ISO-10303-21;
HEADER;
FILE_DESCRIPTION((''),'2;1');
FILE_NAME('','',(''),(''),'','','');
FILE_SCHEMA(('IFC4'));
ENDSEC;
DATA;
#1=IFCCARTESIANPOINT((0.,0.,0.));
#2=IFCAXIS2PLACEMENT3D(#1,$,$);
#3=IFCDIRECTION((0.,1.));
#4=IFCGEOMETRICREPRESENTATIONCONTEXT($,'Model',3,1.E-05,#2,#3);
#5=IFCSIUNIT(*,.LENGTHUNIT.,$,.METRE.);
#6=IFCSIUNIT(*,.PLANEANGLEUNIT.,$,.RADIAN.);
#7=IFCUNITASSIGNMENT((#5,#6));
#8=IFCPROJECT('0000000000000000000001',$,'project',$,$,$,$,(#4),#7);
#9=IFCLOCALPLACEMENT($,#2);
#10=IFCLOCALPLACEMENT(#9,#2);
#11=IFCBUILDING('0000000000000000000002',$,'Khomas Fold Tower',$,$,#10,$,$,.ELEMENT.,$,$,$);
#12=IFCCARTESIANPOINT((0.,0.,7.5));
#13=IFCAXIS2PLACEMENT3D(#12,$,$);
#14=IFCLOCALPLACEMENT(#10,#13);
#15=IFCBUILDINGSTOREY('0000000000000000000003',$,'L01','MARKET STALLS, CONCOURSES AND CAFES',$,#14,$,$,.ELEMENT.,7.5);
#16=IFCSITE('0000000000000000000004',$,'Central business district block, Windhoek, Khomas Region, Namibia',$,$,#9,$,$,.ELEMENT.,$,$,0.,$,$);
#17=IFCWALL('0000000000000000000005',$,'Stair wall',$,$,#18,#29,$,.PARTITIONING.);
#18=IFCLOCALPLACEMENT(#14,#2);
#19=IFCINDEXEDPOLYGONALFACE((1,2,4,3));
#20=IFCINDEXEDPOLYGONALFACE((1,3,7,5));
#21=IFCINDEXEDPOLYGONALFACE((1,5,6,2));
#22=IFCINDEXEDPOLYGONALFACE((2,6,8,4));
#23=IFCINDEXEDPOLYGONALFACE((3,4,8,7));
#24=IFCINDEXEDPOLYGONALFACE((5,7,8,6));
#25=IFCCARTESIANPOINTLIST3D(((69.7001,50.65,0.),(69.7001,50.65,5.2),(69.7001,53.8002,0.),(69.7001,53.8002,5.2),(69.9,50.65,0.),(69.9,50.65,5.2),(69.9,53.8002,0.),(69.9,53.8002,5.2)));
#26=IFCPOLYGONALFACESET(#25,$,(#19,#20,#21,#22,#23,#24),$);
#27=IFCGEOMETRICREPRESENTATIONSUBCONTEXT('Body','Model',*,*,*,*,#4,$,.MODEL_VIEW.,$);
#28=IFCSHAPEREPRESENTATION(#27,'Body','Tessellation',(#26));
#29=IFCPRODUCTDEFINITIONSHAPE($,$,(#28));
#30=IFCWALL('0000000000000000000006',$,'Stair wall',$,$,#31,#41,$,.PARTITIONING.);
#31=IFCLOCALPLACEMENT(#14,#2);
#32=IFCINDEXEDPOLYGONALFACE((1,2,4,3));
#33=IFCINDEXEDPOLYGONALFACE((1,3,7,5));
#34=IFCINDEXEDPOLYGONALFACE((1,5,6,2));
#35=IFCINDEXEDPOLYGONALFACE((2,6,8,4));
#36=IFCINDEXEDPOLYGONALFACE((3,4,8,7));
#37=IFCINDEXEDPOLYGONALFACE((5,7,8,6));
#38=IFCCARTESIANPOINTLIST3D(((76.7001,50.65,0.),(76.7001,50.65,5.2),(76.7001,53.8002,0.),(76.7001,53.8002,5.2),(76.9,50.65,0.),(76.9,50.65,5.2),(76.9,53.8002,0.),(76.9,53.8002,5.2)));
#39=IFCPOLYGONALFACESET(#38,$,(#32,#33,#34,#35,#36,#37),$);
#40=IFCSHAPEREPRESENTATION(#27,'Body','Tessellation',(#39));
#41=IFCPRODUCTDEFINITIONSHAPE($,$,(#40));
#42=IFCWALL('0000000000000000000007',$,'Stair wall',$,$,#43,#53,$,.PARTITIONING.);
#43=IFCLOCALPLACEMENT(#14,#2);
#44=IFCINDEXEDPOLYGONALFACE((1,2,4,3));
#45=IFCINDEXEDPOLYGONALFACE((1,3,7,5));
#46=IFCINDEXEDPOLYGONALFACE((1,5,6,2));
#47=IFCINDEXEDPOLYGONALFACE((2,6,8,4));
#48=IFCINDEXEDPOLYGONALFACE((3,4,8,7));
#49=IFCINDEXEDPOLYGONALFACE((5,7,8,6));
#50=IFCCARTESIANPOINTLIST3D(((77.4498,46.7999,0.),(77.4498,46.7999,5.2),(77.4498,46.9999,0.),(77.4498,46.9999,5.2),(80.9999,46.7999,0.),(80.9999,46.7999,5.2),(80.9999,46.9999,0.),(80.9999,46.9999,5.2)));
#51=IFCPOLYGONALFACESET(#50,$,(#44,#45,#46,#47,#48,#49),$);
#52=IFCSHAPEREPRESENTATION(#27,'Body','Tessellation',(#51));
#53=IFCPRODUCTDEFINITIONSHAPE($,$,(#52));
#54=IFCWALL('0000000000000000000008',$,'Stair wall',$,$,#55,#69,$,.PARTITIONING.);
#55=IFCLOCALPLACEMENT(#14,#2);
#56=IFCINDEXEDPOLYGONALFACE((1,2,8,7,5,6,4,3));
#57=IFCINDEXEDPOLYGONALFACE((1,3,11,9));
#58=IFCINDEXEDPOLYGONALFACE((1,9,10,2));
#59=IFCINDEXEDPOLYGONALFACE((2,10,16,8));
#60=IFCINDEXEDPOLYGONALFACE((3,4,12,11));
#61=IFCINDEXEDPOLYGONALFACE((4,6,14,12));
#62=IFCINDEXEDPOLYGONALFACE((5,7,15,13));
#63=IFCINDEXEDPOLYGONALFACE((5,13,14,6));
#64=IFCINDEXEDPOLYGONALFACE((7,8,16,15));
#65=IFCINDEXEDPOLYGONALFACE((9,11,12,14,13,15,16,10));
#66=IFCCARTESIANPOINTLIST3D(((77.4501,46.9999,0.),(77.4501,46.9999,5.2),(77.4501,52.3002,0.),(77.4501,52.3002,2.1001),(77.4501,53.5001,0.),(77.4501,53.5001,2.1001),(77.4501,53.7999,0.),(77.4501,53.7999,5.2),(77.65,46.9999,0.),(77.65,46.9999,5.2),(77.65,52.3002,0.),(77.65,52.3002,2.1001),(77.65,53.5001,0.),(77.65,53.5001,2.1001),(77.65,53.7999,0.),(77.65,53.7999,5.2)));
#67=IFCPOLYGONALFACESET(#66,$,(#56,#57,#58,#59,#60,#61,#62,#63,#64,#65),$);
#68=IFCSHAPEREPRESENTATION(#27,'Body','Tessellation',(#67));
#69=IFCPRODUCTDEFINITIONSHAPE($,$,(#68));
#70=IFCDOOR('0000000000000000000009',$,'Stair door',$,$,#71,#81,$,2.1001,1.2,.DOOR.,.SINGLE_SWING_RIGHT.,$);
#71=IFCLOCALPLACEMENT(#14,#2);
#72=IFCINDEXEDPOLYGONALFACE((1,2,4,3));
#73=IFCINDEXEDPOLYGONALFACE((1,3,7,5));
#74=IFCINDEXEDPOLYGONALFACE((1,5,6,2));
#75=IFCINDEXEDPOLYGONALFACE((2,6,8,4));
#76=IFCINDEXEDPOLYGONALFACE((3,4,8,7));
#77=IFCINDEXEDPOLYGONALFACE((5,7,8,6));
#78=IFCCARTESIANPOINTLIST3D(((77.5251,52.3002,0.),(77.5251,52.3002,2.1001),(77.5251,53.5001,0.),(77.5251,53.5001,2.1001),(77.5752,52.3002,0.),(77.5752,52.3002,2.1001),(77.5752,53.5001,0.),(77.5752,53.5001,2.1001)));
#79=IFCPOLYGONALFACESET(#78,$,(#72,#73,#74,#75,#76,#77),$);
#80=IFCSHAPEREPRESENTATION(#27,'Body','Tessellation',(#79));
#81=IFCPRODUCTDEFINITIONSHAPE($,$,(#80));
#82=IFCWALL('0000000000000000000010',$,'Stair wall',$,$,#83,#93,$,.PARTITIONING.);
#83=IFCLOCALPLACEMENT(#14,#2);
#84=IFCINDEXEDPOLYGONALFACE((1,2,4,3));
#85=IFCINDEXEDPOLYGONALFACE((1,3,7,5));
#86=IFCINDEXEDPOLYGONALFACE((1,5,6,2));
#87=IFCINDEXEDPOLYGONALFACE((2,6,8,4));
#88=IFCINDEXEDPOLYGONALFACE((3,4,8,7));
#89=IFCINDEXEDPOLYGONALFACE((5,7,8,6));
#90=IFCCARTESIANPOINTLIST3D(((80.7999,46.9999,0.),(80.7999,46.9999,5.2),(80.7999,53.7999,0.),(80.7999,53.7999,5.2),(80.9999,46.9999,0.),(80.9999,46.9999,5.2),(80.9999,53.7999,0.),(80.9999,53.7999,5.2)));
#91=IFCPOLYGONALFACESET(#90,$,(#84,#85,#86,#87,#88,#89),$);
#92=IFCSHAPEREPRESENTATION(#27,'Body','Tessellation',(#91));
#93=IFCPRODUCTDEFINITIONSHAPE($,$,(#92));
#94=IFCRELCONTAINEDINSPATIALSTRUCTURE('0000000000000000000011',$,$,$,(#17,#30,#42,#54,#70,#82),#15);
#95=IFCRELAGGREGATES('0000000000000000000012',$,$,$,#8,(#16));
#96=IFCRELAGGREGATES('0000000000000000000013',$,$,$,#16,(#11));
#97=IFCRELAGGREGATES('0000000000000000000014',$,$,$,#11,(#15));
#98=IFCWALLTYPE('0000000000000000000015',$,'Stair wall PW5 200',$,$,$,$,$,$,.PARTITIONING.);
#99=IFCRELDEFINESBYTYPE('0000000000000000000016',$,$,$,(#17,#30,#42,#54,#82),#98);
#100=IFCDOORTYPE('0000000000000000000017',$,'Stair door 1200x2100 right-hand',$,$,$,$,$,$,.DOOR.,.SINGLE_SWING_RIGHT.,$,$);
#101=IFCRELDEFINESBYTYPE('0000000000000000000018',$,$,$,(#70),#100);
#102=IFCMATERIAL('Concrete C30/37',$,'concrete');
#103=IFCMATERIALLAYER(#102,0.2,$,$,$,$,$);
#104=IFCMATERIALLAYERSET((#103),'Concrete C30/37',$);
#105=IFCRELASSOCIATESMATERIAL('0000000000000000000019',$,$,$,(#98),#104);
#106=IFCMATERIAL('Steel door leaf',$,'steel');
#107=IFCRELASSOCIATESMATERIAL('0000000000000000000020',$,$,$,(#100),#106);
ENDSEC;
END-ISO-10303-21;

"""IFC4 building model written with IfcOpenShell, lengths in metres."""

from ifc_helpers import new_model, si_unit, direction, frame, frame_2d, origin, place, context, subcontext, project, spatial, rectangle, extrude, source, transform, mapped, material, layer, layer_set, type_object, element, fill, save


model = new_model("IFC4")

# Units and contexts
model_context = context("Model", 3, precision=1e-05, world=origin(), true_north=direction((0.0, 1.0)))
body_context = subcontext(model_context, "Body", "Model", "MODEL_VIEW")
ifc_project = project(units=[si_unit("LENGTHUNIT", "METRE"), si_unit("PLANEANGLEUNIT", "RADIAN")], contexts=[model_context])

# Site, building, storey
site_placement = place(None, origin())
site = spatial("IfcSite", under=ifc_project, at=site_placement, Name="Central business district block, Windhoek, Khomas Region, Namibia", CompositionType="ELEMENT", RefElevation=0.0)
building_placement = place(site_placement, origin())
building = spatial("IfcBuilding", under=site, at=building_placement, Name="Khomas Fold Tower", CompositionType="ELEMENT")
storey_placement = place(building_placement, frame((0.0, 0.0, 7.5)))
storey = spatial("IfcBuildingStorey", under=building, at=storey_placement, Name="L01", Description="MARKET STALLS, CONCOURSES AND CAFES", CompositionType="ELEMENT", Elevation=7.5)

# Walls
ifc_material_1 = material(Name="Concrete C30/37", Category="concrete")
ifc_layer_1 = layer(ifc_material_1, 0.2)
ifc_layer_set_1 = layer_set([ifc_layer_1], Name="Concrete C30/37")
wall_type = type_object("IfcWallType", Name="Stair wall PW5 200", PredefinedType="PARTITIONING", material=ifc_layer_set_1)
shared_shape_1 = source(origin(), body_context, "Body", "SweptSolid", [
    extrude(rectangle(XDim=3.1501, YDim=0.2, at=frame_2d((1.5752, 0.0))), origin(), (0.0, 0.0, 1.0), 5.2),
])
for number, where, z_axis, x_axis, name in (
    (1, (69.8, 50.6499, 0.0), (0.0, 0.0, 1.0), (0.0, 1.0, 0.0), "Stair wall"),
    (2, (76.8, 50.6499, 0.0), (0.0, 0.0, 1.0), (0.0, 1.0, 0.0), "Stair wall"),
):
    element("IfcWall", number, at=place(storey_placement, frame(where, z_axis=z_axis, x_axis=x_axis)), inside=storey, type_object=wall_type, Name=name, PredefinedType="PARTITIONING", context=body_context, shape_type="MappedRepresentation", body=[
        mapped(shared_shape_1, transform((0.0, 0.0, 0.0))),
    ])
shared_shape_2 = source(origin(), body_context, "Body", "SweptSolid", [
    extrude(rectangle(XDim=3.55, YDim=0.2, at=frame_2d((1.7749, 0.0))), origin(), (0.0, 0.0, 1.0), 5.2),
])
wall_1_placement = place(storey_placement, frame((77.45, 46.8999, 0.0), z_axis=(0.0, 0.0, 1.0), x_axis=(1.0, 0.0, 0.0)))
element("IfcWall", 3, at=wall_1_placement, inside=storey, type_object=wall_type, Name="Stair wall", PredefinedType="PARTITIONING", context=body_context, shape_type="MappedRepresentation", body=[
    mapped(shared_shape_2, transform((0.0, 0.0, 0.0))),
])

# Wall, opening, door
shared_shape_3 = source(origin(), body_context, "Body", "SweptSolid", [
    extrude(rectangle(XDim=6.8, YDim=0.2, at=frame_2d((3.3999, 0.0))), origin(), (0.0, 0.0, 1.0), 5.2),
])
wall_2_placement = place(storey_placement, frame((77.55, 47.0, 0.0), z_axis=(0.0, 0.0, 1.0), x_axis=(0.0, 1.0, 0.0)))
wall_2 = element("IfcWall", 4, at=wall_2_placement, inside=storey, type_object=wall_type, Name="Stair wall", PredefinedType="PARTITIONING", context=body_context, shape_type="MappedRepresentation", body=[
    mapped(shared_shape_3, transform((0.0, 0.0, 0.0))),
])
shared_shape_4 = source(origin(), body_context, "Body", "SweptSolid", [
    extrude(rectangle(XDim=1.2, YDim=2.1001, at=frame_2d((0.6001, 1.05))), frame((0.0, 0.1099, 0.0), z_axis=(0.0, -1.0, 0.0), x_axis=(1.0, 0.0, 0.0)), (0.0, 0.0, 1.0), 0.22),
])
opening_placement = place(wall_2_placement, frame((5.3, 0.0, 0.0)))
opening = element("IfcOpeningElement", 5, at=opening_placement, cuts=wall_2, PredefinedType="OPENING", context=body_context, shape_type="MappedRepresentation", body=[
    mapped(shared_shape_4, transform((0.0, 0.0, 0.0))),
])
ifc_material_2 = material(Name="Steel door leaf", Category="steel")
door_type = type_object("IfcDoorType", Name="Stair door 1200x2100 right-hand", OperationType="SINGLE_SWING_RIGHT", PredefinedType="DOOR", material=ifc_material_2)
shared_shape_5 = source(origin(), body_context, "Body", "SweptSolid", [
    extrude(rectangle(XDim=1.2, YDim=2.1001, at=frame_2d((0.6001, 1.05))), frame((0.0, 0.0249, 0.0), z_axis=(0.0, -1.0, 0.0), x_axis=(1.0, 0.0, 0.0)), (0.0, 0.0, 1.0), 0.05),
])
door_placement = place(opening_placement, origin())
door = element("IfcDoor", 6, at=door_placement, inside=storey, type_object=door_type, Name="Stair door", OperationType="SINGLE_SWING_RIGHT", OverallHeight=2.1001, OverallWidth=1.2, PredefinedType="DOOR", context=body_context, shape_type="MappedRepresentation", body=[
    mapped(shared_shape_5, transform((0.0, 0.0, 0.0))),
])
fill(opening, door)

# Wall
wall_3_placement = place(storey_placement, frame((80.8999, 47.0, 0.0), z_axis=(0.0, 0.0, 1.0), x_axis=(0.0, 1.0, 0.0)))
element("IfcWall", 7, at=wall_3_placement, inside=storey, type_object=wall_type, Name="Stair wall", PredefinedType="PARTITIONING", context=body_context, shape_type="MappedRepresentation", body=[
    mapped(shared_shape_3, transform((0.0, 0.0, 0.0))),
])

save(model, "model.ifc")
